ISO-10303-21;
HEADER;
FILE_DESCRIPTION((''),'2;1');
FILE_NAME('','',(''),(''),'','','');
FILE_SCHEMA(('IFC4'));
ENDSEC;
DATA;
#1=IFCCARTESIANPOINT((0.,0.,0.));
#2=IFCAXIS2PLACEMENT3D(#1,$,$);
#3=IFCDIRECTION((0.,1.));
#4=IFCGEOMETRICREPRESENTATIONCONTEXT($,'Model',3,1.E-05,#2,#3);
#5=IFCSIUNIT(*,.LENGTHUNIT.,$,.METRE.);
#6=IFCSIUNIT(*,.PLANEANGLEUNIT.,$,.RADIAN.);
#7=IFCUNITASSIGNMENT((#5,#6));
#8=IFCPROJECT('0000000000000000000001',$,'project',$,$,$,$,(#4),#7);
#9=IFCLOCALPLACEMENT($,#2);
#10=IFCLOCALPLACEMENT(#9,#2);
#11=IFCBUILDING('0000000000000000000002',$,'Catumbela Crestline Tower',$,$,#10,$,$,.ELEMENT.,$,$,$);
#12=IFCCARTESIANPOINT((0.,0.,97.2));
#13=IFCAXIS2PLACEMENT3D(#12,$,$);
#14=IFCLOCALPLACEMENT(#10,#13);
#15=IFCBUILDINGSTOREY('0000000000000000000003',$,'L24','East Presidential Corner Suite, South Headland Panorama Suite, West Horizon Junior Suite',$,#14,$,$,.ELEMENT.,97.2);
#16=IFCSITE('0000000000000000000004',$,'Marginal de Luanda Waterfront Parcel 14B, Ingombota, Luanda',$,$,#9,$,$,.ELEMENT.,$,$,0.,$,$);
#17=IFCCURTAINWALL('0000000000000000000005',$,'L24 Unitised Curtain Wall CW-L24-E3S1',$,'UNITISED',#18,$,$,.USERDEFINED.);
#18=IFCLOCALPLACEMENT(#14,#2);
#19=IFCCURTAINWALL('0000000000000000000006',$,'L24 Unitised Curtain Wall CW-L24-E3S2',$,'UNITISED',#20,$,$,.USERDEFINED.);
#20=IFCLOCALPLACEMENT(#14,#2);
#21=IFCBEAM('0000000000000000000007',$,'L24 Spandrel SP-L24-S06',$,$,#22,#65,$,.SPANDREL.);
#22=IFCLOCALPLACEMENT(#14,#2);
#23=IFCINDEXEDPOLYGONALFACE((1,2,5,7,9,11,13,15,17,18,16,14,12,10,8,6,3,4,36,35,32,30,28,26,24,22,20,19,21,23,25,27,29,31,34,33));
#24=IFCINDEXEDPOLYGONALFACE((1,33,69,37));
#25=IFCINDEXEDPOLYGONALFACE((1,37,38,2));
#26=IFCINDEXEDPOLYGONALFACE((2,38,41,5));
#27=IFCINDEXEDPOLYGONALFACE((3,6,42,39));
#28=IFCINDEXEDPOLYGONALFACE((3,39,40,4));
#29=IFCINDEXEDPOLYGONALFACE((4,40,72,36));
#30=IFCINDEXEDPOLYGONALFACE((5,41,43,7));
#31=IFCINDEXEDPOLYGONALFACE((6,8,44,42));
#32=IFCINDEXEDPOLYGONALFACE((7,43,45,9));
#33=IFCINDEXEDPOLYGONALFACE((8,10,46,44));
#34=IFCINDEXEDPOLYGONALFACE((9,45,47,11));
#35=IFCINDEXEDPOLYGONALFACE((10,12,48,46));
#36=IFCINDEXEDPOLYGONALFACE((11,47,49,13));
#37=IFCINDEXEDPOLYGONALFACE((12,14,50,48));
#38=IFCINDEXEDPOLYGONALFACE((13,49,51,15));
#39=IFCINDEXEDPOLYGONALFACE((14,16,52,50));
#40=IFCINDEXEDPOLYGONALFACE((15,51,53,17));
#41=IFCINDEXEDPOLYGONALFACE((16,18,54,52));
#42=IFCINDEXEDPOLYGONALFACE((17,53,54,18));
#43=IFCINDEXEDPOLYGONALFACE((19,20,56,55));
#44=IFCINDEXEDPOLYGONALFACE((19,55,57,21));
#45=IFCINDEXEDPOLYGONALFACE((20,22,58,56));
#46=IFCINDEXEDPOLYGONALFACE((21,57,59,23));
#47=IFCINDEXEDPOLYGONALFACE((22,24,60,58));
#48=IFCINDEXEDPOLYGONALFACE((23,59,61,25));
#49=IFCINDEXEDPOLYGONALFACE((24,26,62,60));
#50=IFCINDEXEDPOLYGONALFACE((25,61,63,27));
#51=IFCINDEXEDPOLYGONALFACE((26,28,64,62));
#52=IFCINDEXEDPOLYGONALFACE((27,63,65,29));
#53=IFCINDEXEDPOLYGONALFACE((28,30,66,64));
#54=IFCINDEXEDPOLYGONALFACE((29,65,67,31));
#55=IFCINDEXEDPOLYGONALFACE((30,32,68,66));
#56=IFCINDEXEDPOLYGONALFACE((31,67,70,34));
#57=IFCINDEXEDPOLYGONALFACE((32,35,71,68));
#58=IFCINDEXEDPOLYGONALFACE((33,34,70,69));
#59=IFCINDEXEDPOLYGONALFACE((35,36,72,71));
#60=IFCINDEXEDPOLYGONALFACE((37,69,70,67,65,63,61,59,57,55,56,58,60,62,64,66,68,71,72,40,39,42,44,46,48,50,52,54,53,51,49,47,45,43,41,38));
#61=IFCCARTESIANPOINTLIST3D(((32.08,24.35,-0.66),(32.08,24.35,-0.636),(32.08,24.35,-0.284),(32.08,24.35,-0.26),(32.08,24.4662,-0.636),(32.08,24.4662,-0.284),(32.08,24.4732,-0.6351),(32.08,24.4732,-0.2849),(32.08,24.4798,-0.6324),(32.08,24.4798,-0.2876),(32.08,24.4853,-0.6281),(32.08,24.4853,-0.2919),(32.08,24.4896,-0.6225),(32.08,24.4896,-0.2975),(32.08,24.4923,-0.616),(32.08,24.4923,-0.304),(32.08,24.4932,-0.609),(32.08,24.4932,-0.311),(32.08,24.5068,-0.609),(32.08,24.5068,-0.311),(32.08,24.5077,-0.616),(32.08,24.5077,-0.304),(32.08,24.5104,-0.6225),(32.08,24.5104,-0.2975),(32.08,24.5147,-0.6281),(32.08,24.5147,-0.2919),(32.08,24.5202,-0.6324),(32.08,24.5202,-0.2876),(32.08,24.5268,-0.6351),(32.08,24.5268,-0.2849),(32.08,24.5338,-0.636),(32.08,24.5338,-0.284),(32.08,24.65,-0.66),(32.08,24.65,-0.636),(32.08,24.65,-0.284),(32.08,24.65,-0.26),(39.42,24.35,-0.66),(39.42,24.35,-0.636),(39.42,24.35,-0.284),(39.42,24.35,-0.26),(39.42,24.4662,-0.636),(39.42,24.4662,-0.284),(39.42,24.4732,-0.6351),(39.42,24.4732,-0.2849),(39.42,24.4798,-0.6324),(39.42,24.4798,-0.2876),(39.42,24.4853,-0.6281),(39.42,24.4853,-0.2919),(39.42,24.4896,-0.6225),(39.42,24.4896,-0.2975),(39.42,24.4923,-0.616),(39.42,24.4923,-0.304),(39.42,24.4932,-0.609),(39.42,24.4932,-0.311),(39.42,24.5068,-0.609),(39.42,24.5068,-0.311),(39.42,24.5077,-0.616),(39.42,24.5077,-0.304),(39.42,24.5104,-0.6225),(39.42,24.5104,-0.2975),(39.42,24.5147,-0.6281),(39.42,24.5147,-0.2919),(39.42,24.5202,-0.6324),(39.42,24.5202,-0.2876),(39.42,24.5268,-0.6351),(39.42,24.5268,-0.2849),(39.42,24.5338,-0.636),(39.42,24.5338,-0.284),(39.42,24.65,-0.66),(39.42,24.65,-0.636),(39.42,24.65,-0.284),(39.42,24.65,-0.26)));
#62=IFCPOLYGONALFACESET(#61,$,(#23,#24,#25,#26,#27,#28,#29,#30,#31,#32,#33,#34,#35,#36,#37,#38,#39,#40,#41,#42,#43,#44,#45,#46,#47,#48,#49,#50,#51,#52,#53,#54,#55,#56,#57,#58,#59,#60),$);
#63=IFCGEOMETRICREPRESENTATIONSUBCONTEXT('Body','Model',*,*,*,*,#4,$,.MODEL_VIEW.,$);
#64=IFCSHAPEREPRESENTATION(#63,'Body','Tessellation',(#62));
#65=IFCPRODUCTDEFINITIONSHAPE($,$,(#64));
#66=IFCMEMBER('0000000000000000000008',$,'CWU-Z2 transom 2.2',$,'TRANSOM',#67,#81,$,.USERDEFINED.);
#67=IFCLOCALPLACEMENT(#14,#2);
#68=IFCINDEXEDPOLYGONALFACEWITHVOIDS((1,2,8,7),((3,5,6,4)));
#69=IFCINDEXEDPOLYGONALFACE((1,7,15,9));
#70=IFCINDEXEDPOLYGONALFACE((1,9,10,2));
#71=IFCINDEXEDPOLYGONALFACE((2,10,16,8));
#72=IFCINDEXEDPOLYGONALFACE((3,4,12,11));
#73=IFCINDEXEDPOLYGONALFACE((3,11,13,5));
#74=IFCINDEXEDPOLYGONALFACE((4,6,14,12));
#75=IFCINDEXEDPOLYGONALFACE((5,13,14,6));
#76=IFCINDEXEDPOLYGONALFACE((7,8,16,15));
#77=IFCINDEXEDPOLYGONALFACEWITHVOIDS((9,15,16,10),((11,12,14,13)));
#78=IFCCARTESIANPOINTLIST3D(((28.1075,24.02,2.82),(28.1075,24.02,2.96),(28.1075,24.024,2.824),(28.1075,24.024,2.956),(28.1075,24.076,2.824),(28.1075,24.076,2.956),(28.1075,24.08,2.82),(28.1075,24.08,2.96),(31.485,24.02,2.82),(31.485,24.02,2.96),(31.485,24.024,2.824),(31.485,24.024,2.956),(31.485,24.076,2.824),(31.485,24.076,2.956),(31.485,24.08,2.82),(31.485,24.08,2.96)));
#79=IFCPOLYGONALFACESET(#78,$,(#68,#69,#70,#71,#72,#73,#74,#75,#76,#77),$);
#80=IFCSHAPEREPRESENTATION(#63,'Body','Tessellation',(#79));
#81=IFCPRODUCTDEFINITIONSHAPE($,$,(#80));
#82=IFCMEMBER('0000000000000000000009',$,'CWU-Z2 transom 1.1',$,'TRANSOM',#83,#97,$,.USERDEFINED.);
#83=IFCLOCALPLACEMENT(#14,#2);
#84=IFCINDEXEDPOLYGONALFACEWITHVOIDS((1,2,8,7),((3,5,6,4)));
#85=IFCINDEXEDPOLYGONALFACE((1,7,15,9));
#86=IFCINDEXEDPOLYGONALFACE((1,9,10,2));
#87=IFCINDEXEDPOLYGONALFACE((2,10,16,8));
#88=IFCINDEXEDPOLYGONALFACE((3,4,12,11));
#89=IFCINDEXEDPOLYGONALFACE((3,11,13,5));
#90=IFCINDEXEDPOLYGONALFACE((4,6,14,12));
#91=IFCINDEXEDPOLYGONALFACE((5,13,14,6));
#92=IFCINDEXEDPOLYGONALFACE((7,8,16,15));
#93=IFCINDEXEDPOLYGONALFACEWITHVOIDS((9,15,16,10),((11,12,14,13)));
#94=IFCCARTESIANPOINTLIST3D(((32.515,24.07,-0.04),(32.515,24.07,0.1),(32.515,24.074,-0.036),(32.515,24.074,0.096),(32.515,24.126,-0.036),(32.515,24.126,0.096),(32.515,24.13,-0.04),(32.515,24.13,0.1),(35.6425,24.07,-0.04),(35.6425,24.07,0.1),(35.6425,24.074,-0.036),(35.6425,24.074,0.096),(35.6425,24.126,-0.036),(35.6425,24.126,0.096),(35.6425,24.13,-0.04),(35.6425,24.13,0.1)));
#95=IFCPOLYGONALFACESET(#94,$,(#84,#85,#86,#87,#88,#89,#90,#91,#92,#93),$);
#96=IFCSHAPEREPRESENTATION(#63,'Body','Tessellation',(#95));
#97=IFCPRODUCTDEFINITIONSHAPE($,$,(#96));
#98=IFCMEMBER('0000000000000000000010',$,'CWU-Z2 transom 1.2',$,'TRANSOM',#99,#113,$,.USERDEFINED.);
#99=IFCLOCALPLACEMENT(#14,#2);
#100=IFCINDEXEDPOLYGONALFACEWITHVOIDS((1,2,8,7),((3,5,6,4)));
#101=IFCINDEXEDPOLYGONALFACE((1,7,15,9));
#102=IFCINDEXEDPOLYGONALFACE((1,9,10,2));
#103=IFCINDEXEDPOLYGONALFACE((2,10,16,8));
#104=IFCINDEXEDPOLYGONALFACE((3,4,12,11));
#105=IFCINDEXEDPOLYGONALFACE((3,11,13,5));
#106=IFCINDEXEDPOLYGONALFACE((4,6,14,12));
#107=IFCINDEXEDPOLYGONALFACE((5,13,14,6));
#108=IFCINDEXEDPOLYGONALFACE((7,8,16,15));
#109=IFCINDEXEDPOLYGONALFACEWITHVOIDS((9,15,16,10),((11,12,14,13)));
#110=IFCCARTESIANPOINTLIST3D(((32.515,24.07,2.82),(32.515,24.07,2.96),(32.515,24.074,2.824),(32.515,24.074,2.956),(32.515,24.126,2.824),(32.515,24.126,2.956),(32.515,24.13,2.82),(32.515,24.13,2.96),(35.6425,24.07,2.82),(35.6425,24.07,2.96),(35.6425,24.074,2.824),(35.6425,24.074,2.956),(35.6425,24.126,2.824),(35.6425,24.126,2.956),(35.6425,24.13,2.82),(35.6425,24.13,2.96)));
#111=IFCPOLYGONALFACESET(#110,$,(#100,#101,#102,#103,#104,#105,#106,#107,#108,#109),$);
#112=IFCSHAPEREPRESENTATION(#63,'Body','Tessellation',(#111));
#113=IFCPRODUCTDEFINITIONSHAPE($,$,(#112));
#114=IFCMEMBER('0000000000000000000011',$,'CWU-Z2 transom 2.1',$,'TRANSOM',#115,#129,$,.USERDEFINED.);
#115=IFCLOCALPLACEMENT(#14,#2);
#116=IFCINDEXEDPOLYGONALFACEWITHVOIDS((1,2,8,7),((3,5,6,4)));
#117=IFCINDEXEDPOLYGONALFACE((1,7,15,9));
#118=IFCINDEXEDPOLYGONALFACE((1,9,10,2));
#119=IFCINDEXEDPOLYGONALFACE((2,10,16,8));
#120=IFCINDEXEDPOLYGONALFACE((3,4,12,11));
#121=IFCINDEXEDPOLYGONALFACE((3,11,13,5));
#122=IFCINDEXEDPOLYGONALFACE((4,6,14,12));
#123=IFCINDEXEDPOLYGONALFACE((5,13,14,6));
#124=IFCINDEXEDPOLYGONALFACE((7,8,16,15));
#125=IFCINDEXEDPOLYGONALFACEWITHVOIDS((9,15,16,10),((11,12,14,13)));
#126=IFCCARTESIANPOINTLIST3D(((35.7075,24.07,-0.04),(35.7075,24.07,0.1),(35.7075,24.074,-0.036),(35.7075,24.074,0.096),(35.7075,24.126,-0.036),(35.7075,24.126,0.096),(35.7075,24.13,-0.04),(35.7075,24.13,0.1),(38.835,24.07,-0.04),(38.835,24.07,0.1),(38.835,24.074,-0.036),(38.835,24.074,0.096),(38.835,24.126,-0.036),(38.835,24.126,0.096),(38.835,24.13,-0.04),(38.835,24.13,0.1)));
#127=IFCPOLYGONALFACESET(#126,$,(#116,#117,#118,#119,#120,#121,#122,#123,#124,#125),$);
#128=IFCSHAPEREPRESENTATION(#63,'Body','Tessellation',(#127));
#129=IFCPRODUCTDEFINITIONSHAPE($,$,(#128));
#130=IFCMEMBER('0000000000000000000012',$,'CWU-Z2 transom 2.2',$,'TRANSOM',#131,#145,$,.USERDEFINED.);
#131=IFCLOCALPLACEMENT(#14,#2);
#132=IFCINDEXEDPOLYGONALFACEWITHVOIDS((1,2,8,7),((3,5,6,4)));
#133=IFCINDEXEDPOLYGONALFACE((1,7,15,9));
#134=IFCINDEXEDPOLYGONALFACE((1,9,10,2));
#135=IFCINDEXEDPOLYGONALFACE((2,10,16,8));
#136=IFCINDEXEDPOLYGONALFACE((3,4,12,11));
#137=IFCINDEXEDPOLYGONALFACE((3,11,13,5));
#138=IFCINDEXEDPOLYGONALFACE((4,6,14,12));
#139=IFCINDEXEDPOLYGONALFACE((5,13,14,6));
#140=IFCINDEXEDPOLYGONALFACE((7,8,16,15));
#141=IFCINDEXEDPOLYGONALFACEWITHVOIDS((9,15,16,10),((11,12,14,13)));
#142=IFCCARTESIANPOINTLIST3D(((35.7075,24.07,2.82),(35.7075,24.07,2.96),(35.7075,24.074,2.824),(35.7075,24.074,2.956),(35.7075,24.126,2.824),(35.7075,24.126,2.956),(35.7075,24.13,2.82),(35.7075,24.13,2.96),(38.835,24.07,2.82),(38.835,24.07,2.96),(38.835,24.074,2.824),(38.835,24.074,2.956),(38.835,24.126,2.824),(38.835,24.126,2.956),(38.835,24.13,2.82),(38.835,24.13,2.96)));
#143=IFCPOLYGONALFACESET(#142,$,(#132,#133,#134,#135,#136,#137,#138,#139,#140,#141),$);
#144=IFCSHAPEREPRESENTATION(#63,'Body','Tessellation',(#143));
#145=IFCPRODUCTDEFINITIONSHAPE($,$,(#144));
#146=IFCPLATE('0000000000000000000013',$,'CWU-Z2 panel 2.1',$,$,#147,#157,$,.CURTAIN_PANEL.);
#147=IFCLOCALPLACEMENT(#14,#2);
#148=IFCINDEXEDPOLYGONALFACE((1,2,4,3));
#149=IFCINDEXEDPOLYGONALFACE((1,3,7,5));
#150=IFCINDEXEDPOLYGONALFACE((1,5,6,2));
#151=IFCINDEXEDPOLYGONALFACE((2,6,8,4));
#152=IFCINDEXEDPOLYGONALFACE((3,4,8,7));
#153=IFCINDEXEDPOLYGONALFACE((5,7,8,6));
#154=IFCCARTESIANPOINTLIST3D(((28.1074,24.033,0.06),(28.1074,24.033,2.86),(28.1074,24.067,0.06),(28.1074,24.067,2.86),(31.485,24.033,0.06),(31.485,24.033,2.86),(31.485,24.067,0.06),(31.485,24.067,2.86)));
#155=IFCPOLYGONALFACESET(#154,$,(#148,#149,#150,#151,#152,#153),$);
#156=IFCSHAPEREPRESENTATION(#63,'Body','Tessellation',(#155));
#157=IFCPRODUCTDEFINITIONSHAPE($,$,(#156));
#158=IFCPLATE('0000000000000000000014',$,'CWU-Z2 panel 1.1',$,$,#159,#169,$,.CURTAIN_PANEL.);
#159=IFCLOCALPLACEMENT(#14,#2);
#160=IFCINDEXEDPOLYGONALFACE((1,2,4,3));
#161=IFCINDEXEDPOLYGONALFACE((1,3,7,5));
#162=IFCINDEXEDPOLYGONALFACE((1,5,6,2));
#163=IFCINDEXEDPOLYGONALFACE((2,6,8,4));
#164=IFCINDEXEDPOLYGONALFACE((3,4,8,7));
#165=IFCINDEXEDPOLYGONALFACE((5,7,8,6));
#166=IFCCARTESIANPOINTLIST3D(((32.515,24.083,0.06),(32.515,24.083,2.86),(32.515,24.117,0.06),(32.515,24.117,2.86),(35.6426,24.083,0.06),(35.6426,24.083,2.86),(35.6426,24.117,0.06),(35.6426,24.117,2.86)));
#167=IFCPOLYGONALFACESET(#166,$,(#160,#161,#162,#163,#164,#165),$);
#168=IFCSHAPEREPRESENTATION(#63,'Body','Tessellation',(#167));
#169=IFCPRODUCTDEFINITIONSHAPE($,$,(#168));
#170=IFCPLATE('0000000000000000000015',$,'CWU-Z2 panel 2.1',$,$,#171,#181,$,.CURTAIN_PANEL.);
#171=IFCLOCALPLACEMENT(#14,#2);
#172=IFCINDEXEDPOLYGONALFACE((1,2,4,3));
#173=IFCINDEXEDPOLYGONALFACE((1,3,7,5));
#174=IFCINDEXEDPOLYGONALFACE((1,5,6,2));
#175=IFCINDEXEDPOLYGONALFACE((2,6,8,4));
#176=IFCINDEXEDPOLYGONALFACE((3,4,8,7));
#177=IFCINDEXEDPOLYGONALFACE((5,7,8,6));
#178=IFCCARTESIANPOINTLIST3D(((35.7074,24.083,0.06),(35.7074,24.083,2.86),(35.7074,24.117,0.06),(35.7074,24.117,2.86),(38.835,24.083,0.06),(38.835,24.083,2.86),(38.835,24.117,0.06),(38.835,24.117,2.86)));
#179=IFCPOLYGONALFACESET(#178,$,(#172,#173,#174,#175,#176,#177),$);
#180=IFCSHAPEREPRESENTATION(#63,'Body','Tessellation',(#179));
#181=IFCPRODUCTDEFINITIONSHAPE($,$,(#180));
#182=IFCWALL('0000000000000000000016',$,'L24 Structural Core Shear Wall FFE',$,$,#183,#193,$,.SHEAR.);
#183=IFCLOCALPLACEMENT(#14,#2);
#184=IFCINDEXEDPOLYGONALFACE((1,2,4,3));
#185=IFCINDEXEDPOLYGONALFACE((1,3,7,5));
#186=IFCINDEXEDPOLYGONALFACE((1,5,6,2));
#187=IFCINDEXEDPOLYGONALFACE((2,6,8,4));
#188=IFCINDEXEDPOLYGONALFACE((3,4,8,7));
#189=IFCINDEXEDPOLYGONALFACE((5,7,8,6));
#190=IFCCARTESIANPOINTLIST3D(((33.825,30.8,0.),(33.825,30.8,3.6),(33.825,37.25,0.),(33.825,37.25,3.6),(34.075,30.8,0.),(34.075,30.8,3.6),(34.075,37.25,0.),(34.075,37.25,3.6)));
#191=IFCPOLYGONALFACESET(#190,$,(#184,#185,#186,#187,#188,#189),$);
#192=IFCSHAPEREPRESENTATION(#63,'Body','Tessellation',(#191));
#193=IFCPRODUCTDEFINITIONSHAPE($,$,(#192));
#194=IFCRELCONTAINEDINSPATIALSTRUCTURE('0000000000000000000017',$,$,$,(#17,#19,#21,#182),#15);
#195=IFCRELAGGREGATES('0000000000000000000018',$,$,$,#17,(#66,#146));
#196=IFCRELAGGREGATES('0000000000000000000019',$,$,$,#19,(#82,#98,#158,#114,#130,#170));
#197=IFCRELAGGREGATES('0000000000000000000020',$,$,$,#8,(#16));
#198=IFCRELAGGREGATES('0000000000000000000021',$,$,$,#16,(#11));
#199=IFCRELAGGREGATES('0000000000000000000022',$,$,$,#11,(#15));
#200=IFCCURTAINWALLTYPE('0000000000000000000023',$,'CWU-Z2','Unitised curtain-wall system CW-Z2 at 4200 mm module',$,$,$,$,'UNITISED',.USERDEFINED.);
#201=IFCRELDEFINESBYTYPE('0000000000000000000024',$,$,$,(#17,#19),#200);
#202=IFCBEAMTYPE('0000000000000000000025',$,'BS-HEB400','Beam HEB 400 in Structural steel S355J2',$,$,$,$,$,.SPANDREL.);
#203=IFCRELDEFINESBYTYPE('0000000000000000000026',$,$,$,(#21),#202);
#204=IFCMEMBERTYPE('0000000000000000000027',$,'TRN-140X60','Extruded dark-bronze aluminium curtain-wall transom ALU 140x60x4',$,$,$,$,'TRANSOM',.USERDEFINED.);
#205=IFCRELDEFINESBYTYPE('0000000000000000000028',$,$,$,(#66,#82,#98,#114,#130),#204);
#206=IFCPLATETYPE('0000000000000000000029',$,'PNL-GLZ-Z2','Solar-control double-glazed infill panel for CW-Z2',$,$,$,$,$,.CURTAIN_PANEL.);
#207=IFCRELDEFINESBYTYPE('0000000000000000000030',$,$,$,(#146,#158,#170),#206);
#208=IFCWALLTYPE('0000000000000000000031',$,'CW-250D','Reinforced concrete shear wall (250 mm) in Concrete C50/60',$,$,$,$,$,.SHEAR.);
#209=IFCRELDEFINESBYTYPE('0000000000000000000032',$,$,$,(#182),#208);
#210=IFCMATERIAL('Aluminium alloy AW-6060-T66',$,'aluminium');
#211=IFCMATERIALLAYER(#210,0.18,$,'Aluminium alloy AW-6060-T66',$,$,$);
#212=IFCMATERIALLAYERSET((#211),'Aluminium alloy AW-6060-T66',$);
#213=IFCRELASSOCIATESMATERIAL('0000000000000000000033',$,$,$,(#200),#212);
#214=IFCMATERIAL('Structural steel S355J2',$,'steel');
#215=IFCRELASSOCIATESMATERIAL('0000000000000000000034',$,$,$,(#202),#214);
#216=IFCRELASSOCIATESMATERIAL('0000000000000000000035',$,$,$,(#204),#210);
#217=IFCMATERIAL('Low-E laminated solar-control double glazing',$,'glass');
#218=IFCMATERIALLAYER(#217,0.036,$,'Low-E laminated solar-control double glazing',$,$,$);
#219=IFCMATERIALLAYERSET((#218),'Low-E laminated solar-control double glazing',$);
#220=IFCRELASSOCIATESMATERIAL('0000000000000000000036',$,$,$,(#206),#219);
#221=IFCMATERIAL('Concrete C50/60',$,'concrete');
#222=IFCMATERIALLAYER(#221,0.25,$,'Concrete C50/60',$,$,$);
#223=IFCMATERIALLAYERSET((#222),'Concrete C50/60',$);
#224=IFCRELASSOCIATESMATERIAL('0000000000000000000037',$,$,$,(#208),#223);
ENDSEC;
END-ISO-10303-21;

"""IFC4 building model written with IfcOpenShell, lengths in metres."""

from ifc_helpers import new_model, si_unit, direction, frame, frame_2d, origin, origin_2d, place, context, subcontext, project, spatial, rectangle, hollow_rectangle, i_section, extrude, material, layer, layer_set, material_profile, profile_set, type_object, element, aggregate, save


model = new_model("IFC4")

# Units and contexts
model_context = context("Model", 3, precision=1e-05, world=origin(), true_north=direction((0.0, 1.0)))
body_context = subcontext(model_context, "Body", "Model", "MODEL_VIEW")
ifc_project = project(units=[si_unit("LENGTHUNIT", "METRE"), si_unit("PLANEANGLEUNIT", "RADIAN")], contexts=[model_context])

# Site, building, storey
site_placement = place(None, origin())
site = spatial("IfcSite", under=ifc_project, at=site_placement, Name="Marginal de Luanda Waterfront Parcel 14B, Ingombota, Luanda", CompositionType="ELEMENT", RefElevation=0.0)
building_placement = place(site_placement, origin())
building = spatial("IfcBuilding", under=site, at=building_placement, Name="Catumbela Crestline Tower", CompositionType="ELEMENT")
storey_placement = place(building_placement, frame((0.0, 0.0, 97.2)))
storey = spatial("IfcBuildingStorey", under=building, at=storey_placement, Name="L24", Description="East Presidential Corner Suite, South Headland Panorama Suite, West Horizon Junior Suite", CompositionType="ELEMENT", Elevation=97.2)

# Shared definitions
ifc_material_1 = material(Name="Concrete C50/60", Category="concrete")

# Shared definitions
ifc_material_2 = material(Name="Structural steel S355J2", Category="steel")

# Curtain wall
ifc_material_3 = material(Name="Aluminium alloy AW-6060-T66", Category="aluminium")
ifc_layer_1 = layer(ifc_material_3, 0.18, Name="Aluminium alloy AW-6060-T66")
ifc_layer_set_1 = layer_set([ifc_layer_1], Name="Aluminium alloy AW-6060-T66")
curtain_wall_type = type_object("IfcCurtainWallType", Name="CWU-Z2", Description="Unitised curtain-wall system CW-Z2 at 4200 mm module", ElementType="UNITISED", PredefinedType="USERDEFINED", material=ifc_layer_set_1)
curtain_wall_1_placement = place(storey_placement, origin())
curtain_wall_1 = element("IfcCurtainWall", 1, at=curtain_wall_1_placement, inside=storey, type_object=curtain_wall_type, Name="L24 Unitised Curtain Wall CW-L24-E3S1", ObjectType="UNITISED", PredefinedType="USERDEFINED")

# Curtain wall
curtain_wall_2_placement = place(storey_placement, origin())
curtain_wall_2 = element("IfcCurtainWall", 2, at=curtain_wall_2_placement, inside=storey, type_object=curtain_wall_type, Name="L24 Unitised Curtain Wall CW-L24-E3S2", ObjectType="UNITISED", PredefinedType="USERDEFINED")

# Beam
ifc_material_profile_1 = material_profile(ifc_material_2, i_section(OverallWidth=0.3, OverallDepth=0.4, WebThickness=0.0135, FlangeThickness=0.024, FilletRadius=0.027, at=origin_2d()), Name="HEB 400")
ifc_profile_set_1 = profile_set([ifc_material_profile_1], Name="Structural steel S355J2")
beam_type_1 = type_object("IfcBeamType", Name="BS-HEB400", Description="Beam HEB 400 in Structural steel S355J2", PredefinedType="SPANDREL", material=ifc_profile_set_1)
beam_placement = place(storey_placement, frame((32.08, 24.5, -0.46), z_axis=(1.0, 0.0, 0.0), x_axis=(0.0, 1.0, 0.0)))
element("IfcBeam", 3, at=beam_placement, inside=storey, type_object=beam_type_1, Name="L24 Spandrel SP-L24-S06", PredefinedType="SPANDREL", context=body_context, shape_type="SweptSolid", body=[
    extrude(i_section(OverallWidth=0.3, OverallDepth=0.4, WebThickness=0.0135, FlangeThickness=0.024, FilletRadius=0.027, at=origin_2d()), origin(), (0.0, 0.0, 1.0), 7.34),
])

# Members
ifc_material_profile_2 = material_profile(ifc_material_3, hollow_rectangle(XDim=0.06, YDim=0.14, WallThickness=0.004, at=origin_2d()), Name="ALU 140x60x4")
ifc_profile_set_2 = profile_set([ifc_material_profile_2], Name="Aluminium alloy AW-6060-T66")
member_type_1 = type_object("IfcMemberType", Name="TRN-140X60", Description="Extruded dark-bronze aluminium curtain-wall transom ALU 140x60x4", ElementType="TRANSOM", PredefinedType="USERDEFINED", material=ifc_profile_set_2)
member_1_placement = place(storey_placement, frame((28.1075, 24.05, 2.89), z_axis=(1.0, 0.0, 0.0), x_axis=(0.0, 1.0, 0.0)))
member_1 = element("IfcMember", 4, at=member_1_placement, type_object=member_type_1, Name="CWU-Z2 transom 2.2", ObjectType="TRANSOM", PredefinedType="USERDEFINED", context=body_context, shape_type="SweptSolid", body=[
    extrude(hollow_rectangle(XDim=0.06, YDim=0.14, WallThickness=0.004, at=origin_2d()), origin(), (0.0, 0.0, 1.0), 3.3775),
])
member_2_placement = place(storey_placement, frame((32.515, 24.1, 0.03), z_axis=(1.0, 0.0, 0.0), x_axis=(0.0, 1.0, 0.0)))
member_2 = element("IfcMember", 5, at=member_2_placement, type_object=member_type_1, Name="CWU-Z2 transom 1.1", ObjectType="TRANSOM", PredefinedType="USERDEFINED", context=body_context, shape_type="SweptSolid", body=[
    extrude(hollow_rectangle(XDim=0.06, YDim=0.14, WallThickness=0.004, at=origin_2d()), origin(), (0.0, 0.0, 1.0), 3.1275),
])
member_3_placement = place(storey_placement, frame((32.515, 24.1, 2.89), z_axis=(1.0, 0.0, 0.0), x_axis=(0.0, 1.0, 0.0)))
member_3 = element("IfcMember", 6, at=member_3_placement, type_object=member_type_1, Name="CWU-Z2 transom 1.2", ObjectType="TRANSOM", PredefinedType="USERDEFINED", context=body_context, shape_type="SweptSolid", body=[
    extrude(hollow_rectangle(XDim=0.06, YDim=0.14, WallThickness=0.004, at=origin_2d()), origin(), (0.0, 0.0, 1.0), 3.1275),
])
member_4_placement = place(storey_placement, frame((35.7075, 24.1, 0.03), z_axis=(1.0, 0.0, 0.0), x_axis=(0.0, 1.0, 0.0)))
member_4 = element("IfcMember", 7, at=member_4_placement, type_object=member_type_1, Name="CWU-Z2 transom 2.1", ObjectType="TRANSOM", PredefinedType="USERDEFINED", context=body_context, shape_type="SweptSolid", body=[
    extrude(hollow_rectangle(XDim=0.06, YDim=0.14, WallThickness=0.004, at=origin_2d()), origin(), (0.0, 0.0, 1.0), 3.1275),
])
member_5_placement = place(storey_placement, frame((35.7075, 24.1, 2.89), z_axis=(1.0, 0.0, 0.0), x_axis=(0.0, 1.0, 0.0)))
member_5 = element("IfcMember", 8, at=member_5_placement, type_object=member_type_1, Name="CWU-Z2 transom 2.2", ObjectType="TRANSOM", PredefinedType="USERDEFINED", context=body_context, shape_type="SweptSolid", body=[
    extrude(hollow_rectangle(XDim=0.06, YDim=0.14, WallThickness=0.004, at=origin_2d()), origin(), (0.0, 0.0, 1.0), 3.1275),
])

# Plates
ifc_material_4 = material(Name="Low-E laminated solar-control double glazing", Category="glass")
ifc_layer_2 = layer(ifc_material_4, 0.036, Name="Low-E laminated solar-control double glazing")
ifc_layer_set_2 = layer_set([ifc_layer_2], Name="Low-E laminated solar-control double glazing")
plate_type = type_object("IfcPlateType", Name="PNL-GLZ-Z2", Description="Solar-control double-glazed infill panel for CW-Z2", PredefinedType="CURTAIN_PANEL", material=ifc_layer_set_2)
plate_1_placement = place(storey_placement, frame((29.7962, 24.05, 0.06), z_axis=(0.0, 0.0, 1.0), x_axis=(1.0, 0.0, 0.0)))
plate_1 = element("IfcPlate", 9, at=plate_1_placement, type_object=plate_type, Name="CWU-Z2 panel 2.1", PredefinedType="CURTAIN_PANEL", context=body_context, shape_type="SweptSolid", body=[
    extrude(rectangle(XDim=3.3775, YDim=0.034, at=origin_2d()), origin(), (0.0, 0.0, 1.0), 2.8),
])
aggregate(curtain_wall_1, [member_1, plate_1])
plate_2_placement = place(storey_placement, frame((34.0788, 24.1, 0.06), z_axis=(0.0, 0.0, 1.0), x_axis=(1.0, 0.0, 0.0)))
plate_2 = element("IfcPlate", 10, at=plate_2_placement, type_object=plate_type, Name="CWU-Z2 panel 1.1", PredefinedType="CURTAIN_PANEL", context=body_context, shape_type="SweptSolid", body=[
    extrude(rectangle(XDim=3.1275, YDim=0.034, at=origin_2d()), origin(), (0.0, 0.0, 1.0), 2.8),
])
plate_3_placement = place(storey_placement, frame((37.2712, 24.1, 0.06), z_axis=(0.0, 0.0, 1.0), x_axis=(1.0, 0.0, 0.0)))
plate_3 = element("IfcPlate", 11, at=plate_3_placement, type_object=plate_type, Name="CWU-Z2 panel 2.1", PredefinedType="CURTAIN_PANEL", context=body_context, shape_type="SweptSolid", body=[
    extrude(rectangle(XDim=3.1275, YDim=0.034, at=origin_2d()), origin(), (0.0, 0.0, 1.0), 2.8),
])
aggregate(curtain_wall_2, [member_2, member_3, plate_2, member_4, member_5, plate_3])

# Wall
ifc_layer_3 = layer(ifc_material_1, 0.25, Name="Concrete C50/60")
ifc_layer_set_3 = layer_set([ifc_layer_3], Name="Concrete C50/60")
wall_type_1 = type_object("IfcWallType", Name="CW-250D", Description="Reinforced concrete shear wall (250 mm) in Concrete C50/60", PredefinedType="SHEAR", material=ifc_layer_set_3)
wall_1_placement = place(storey_placement, frame((33.95, 30.8, 0.0), z_axis=(0.0, 0.0, 1.0), x_axis=(0.0, 1.0, 0.0)))
element("IfcWall", 12, at=wall_1_placement, inside=storey, type_object=wall_type_1, Name="L24 Structural Core Shear Wall FFE", PredefinedType="SHEAR", context=body_context, shape_type="SweptSolid", body=[
    extrude(rectangle(XDim=6.45, YDim=0.25, at=frame_2d((3.225, 0.0))), origin(), (0.0, 0.0, 1.0), 3.6),
])

save(model, "model.ifc")
